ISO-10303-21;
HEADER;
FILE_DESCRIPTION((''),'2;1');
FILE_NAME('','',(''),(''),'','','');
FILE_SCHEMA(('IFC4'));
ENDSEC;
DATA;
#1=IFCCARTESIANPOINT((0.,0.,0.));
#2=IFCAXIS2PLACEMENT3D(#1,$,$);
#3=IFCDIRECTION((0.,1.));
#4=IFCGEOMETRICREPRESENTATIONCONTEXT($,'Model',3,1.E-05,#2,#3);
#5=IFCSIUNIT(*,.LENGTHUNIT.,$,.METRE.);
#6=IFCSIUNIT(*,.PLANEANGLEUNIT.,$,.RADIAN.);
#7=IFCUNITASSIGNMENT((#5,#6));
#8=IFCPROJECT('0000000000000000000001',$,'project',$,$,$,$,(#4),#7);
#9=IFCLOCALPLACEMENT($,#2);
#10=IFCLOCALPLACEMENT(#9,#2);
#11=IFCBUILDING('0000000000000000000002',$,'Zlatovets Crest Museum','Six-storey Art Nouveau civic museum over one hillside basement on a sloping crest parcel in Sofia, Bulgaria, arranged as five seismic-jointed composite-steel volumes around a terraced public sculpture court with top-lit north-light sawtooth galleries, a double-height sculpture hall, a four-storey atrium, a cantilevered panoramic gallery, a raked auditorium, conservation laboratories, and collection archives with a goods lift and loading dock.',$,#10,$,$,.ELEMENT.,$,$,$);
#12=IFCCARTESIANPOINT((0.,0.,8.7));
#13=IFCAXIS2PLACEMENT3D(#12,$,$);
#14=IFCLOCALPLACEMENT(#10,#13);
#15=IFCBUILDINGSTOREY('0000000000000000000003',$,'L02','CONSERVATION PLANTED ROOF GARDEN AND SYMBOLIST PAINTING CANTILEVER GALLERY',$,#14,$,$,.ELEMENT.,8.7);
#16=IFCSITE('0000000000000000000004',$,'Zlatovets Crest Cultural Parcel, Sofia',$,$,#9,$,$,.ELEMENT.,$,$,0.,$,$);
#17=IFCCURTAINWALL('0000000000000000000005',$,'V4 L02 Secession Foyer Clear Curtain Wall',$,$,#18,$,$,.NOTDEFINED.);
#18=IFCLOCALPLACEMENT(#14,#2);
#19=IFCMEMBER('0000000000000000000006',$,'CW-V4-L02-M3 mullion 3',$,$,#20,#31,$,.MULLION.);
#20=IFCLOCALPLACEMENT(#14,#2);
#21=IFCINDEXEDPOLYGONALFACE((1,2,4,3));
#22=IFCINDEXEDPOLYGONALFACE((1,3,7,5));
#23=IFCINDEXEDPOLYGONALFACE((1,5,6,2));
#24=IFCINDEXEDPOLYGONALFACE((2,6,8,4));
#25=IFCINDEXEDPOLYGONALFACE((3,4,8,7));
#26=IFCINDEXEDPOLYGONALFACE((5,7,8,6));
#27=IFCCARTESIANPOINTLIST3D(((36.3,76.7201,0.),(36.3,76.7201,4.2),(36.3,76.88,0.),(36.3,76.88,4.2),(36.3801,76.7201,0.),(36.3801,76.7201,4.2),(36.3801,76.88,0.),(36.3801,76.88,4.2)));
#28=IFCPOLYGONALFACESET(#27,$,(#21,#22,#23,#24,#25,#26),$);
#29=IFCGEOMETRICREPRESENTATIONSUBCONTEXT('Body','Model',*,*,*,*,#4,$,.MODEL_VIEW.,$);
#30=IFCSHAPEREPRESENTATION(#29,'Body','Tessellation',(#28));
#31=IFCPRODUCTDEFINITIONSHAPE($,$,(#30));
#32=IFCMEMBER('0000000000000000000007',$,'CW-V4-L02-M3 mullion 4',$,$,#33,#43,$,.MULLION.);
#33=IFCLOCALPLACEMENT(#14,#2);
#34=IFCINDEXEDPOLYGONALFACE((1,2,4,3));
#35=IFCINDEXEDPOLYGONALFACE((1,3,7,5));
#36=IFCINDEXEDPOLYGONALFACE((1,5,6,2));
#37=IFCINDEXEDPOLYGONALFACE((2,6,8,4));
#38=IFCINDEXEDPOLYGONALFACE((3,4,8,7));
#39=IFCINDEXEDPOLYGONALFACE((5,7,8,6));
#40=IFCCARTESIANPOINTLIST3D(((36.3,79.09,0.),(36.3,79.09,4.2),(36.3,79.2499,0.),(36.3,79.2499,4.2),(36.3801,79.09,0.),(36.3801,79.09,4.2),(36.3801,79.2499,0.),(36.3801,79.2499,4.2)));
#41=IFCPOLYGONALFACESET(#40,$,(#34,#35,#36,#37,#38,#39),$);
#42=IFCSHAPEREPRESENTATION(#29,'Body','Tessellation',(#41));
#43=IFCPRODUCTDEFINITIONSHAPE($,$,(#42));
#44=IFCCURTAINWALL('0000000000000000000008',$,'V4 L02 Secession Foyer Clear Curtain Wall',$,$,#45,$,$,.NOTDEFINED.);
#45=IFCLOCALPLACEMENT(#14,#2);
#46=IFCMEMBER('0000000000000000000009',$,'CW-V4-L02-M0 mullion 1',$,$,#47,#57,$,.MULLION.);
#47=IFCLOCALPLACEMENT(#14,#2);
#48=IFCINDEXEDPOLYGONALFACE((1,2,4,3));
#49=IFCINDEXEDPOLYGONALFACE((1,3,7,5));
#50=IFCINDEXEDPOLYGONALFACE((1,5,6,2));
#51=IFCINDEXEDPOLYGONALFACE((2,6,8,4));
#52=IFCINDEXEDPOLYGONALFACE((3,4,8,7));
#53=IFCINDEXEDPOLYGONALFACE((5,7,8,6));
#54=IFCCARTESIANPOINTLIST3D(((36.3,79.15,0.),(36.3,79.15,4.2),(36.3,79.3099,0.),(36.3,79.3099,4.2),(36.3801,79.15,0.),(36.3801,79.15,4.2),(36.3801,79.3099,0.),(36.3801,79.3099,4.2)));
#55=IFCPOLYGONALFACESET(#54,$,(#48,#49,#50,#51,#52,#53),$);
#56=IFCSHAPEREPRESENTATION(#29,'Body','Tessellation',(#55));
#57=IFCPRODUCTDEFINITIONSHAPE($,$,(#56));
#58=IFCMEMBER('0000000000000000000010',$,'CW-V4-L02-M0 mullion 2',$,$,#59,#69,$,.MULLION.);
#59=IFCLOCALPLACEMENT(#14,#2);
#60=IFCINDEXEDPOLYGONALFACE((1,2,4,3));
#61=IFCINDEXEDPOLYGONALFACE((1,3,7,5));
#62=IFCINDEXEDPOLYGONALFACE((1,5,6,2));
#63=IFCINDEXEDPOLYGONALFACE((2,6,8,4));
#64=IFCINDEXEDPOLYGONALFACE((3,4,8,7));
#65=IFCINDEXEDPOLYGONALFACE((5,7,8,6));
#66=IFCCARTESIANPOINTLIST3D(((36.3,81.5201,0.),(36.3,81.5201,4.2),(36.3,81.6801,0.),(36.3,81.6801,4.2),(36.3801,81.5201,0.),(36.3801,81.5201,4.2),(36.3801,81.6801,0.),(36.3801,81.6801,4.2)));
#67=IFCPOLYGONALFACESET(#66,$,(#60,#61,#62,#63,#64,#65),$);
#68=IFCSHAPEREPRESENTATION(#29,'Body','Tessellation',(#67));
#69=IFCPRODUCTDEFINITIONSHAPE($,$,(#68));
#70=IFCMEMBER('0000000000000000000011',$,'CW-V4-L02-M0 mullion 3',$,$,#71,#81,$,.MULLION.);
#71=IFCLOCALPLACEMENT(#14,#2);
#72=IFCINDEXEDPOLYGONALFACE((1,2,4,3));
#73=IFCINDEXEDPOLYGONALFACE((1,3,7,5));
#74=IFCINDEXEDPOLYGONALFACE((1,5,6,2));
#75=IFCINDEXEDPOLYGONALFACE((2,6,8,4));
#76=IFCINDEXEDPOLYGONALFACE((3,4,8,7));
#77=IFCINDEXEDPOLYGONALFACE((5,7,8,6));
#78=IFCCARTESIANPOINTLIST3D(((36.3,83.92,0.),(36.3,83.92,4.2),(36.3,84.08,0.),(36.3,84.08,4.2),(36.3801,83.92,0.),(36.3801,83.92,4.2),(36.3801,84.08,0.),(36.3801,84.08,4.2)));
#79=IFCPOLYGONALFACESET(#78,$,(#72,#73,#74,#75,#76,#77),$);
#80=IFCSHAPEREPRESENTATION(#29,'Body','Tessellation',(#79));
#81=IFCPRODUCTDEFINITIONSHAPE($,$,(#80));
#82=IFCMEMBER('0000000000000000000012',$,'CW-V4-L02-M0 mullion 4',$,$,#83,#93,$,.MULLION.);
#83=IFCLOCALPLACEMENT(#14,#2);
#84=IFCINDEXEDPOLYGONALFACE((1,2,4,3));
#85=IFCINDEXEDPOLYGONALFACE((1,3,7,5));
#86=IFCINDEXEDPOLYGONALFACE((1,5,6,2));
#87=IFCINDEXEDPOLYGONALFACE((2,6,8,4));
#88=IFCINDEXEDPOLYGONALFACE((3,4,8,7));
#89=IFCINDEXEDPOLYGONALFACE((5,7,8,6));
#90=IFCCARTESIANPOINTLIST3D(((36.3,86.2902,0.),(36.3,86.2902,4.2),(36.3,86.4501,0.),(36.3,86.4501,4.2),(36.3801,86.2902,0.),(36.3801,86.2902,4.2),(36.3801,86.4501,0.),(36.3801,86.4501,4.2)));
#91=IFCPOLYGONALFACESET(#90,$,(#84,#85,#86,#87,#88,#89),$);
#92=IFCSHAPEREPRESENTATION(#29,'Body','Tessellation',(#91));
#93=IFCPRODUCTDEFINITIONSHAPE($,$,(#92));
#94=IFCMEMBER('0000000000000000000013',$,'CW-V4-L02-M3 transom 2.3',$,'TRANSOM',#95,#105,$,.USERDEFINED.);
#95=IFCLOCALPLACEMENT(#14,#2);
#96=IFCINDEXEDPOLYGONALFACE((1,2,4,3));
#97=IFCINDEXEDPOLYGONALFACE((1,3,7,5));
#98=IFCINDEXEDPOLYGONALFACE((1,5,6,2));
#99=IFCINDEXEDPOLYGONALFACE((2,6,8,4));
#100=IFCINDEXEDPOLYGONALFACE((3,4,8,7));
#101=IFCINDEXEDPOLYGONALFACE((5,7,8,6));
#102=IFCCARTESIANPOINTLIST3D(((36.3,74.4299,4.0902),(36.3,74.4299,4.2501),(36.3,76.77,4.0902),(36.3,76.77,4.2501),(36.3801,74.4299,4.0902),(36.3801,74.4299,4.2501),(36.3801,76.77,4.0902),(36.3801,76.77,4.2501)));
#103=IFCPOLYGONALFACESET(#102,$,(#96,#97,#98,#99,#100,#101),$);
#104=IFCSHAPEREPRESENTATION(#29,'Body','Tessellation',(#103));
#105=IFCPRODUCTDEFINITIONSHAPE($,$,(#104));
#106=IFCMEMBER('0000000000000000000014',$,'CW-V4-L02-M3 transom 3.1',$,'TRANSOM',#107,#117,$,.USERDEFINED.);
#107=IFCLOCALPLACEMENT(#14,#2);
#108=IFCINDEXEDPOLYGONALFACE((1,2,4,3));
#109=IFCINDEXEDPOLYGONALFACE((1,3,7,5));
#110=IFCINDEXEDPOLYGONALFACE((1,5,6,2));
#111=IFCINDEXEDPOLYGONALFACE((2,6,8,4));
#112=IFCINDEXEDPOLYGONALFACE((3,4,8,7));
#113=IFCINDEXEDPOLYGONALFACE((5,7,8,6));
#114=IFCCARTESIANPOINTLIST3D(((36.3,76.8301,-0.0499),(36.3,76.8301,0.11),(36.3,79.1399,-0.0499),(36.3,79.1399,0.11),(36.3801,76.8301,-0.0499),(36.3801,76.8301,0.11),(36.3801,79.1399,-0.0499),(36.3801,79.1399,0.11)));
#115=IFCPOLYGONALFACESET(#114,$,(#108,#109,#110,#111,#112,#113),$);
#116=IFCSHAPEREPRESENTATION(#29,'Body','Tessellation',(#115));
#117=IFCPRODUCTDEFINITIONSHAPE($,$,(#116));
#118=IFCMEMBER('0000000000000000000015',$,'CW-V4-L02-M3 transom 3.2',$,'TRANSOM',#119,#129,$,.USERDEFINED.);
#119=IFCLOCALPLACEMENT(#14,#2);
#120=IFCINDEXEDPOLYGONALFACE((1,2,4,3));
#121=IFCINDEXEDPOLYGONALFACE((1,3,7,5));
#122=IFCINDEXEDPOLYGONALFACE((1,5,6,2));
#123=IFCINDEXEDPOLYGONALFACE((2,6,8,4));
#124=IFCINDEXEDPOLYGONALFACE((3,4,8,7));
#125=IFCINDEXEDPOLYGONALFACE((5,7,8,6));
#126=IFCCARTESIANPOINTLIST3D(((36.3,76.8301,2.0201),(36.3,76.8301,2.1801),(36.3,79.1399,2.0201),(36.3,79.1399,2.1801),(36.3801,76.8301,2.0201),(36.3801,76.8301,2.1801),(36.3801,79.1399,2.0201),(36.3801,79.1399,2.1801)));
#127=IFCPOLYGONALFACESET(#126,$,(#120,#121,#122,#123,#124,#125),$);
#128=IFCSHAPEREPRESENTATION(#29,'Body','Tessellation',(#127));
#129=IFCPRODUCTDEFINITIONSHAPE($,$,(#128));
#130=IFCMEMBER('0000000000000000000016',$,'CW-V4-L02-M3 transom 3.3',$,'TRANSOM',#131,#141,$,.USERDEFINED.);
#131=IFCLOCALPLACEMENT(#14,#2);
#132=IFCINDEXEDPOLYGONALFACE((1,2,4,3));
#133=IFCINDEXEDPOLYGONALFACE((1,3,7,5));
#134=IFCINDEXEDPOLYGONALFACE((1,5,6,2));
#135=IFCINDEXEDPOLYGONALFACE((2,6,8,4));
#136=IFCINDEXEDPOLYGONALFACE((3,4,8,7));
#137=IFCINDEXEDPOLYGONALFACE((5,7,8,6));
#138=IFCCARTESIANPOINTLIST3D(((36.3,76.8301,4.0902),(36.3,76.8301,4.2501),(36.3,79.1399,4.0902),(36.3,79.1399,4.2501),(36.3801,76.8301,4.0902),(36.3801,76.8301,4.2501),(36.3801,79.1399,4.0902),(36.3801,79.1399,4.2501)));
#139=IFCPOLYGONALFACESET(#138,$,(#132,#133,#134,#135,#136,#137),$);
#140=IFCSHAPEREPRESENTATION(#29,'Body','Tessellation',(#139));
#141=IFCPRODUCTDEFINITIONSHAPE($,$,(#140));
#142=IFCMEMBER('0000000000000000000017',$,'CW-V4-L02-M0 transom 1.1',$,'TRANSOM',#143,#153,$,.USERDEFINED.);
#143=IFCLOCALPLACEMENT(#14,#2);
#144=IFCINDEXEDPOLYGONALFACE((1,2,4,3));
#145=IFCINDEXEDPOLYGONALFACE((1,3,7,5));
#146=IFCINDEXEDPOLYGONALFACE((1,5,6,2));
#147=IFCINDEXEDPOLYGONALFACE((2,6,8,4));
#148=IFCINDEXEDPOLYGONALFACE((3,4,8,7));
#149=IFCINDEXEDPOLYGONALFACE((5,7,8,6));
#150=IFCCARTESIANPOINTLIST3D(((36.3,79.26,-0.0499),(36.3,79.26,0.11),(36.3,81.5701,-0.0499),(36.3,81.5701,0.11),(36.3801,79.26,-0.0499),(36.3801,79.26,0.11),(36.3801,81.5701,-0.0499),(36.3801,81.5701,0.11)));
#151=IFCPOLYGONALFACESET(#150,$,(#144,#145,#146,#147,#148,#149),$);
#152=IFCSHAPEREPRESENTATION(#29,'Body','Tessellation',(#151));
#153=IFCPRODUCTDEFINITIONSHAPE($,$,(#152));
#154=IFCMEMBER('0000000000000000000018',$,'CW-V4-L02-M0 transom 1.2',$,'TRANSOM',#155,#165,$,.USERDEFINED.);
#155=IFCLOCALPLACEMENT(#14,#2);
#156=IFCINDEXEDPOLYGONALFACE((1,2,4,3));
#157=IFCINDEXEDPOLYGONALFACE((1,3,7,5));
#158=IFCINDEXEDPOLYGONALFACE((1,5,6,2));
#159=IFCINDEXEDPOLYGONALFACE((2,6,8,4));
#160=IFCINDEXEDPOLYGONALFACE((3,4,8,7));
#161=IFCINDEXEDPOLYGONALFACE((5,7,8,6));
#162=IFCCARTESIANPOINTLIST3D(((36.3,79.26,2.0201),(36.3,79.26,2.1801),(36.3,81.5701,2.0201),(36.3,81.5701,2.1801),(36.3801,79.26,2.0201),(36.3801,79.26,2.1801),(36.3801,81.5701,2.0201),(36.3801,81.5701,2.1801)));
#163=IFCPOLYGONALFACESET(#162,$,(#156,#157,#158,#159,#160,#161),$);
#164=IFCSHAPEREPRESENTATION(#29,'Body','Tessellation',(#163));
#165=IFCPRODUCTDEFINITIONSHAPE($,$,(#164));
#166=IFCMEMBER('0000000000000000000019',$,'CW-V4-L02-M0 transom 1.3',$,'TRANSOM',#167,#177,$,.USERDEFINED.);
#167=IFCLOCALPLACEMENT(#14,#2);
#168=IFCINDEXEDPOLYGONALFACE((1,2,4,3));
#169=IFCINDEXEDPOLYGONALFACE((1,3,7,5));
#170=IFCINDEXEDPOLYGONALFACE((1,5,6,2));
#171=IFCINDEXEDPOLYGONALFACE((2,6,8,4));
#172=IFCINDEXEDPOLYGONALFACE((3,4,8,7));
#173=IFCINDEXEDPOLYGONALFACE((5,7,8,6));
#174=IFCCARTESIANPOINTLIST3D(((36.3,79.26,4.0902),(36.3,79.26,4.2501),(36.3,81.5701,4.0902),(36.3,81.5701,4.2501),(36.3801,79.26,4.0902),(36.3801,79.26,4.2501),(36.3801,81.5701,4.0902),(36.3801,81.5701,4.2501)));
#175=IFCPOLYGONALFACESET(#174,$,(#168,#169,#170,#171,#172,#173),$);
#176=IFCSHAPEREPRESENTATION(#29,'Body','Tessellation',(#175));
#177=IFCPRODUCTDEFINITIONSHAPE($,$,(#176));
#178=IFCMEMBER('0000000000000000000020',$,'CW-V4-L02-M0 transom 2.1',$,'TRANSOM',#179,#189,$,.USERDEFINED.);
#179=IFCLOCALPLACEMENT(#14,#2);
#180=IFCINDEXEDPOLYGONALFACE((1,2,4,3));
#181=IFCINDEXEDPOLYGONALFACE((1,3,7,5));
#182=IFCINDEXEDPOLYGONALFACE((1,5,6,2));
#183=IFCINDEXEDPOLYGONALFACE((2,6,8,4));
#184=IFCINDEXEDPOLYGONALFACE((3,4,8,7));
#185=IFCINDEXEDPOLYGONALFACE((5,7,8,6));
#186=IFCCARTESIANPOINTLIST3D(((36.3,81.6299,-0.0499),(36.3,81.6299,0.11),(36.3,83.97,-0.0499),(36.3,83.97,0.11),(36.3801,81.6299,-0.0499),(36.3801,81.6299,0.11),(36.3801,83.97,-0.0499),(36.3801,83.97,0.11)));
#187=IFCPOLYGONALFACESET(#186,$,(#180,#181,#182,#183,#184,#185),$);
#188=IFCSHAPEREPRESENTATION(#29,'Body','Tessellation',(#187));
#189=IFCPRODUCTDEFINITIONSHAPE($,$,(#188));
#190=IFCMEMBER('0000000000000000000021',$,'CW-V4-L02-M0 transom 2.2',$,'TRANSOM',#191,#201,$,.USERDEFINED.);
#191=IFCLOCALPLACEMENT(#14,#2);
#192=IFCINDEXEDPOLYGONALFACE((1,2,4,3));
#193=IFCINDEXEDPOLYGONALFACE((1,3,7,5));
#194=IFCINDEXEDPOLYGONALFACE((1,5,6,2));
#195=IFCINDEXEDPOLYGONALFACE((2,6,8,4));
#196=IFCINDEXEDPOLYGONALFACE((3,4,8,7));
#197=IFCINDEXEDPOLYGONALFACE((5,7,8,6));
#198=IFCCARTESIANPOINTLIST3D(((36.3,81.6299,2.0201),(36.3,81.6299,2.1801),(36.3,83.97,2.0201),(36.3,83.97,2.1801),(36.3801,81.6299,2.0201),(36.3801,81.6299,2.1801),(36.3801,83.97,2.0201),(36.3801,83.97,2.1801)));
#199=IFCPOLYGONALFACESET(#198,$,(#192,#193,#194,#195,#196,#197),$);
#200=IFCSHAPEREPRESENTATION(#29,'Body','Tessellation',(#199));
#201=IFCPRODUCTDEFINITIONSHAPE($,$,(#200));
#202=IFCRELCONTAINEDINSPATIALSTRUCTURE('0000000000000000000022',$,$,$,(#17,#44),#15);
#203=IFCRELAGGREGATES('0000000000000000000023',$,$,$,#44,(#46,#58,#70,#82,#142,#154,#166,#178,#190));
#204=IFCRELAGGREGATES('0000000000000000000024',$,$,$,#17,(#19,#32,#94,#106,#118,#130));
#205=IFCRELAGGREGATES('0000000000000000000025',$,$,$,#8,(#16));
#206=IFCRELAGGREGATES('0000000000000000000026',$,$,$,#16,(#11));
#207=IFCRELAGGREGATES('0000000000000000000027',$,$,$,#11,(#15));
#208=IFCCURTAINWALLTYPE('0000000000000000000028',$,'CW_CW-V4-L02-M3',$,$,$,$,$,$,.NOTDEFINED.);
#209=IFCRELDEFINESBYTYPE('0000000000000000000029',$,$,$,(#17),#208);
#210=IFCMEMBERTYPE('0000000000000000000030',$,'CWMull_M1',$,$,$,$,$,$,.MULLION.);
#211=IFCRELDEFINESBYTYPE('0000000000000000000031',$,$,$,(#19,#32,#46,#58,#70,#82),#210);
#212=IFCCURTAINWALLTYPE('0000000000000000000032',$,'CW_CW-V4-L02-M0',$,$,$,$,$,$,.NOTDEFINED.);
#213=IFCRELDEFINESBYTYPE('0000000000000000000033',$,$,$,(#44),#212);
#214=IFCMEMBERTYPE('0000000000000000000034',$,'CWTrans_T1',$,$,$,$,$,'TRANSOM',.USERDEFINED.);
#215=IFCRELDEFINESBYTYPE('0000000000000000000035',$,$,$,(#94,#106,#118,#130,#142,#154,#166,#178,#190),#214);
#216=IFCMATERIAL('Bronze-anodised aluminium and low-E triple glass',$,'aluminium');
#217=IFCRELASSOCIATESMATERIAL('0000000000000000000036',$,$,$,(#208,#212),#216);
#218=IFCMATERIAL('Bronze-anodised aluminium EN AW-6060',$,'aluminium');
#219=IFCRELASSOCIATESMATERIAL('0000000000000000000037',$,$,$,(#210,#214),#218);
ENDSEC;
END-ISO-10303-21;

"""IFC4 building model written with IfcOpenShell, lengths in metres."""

from ifc_helpers import new_model, si_unit, direction, frame, origin, origin_2d, place, context, subcontext, project, spatial, rectangle, extrude, material, material_profile, profile_set, type_object, element, aggregate, save


model = new_model("IFC4")

# Units and contexts
model_context = context("Model", 3, precision=1e-05, world=origin(), true_north=direction((0.0, 1.0)))
body_context = subcontext(model_context, "Body", "Model", "MODEL_VIEW")
ifc_project = project(units=[si_unit("LENGTHUNIT", "METRE"), si_unit("PLANEANGLEUNIT", "RADIAN")], contexts=[model_context])

# Site, building, storey
site_placement = place(None, origin())
site = spatial("IfcSite", under=ifc_project, at=site_placement, Name="Zlatovets Crest Cultural Parcel, Sofia", CompositionType="ELEMENT", RefElevation=0.0)
building_placement = place(site_placement, origin())
building = spatial("IfcBuilding", under=site, at=building_placement, Name="Zlatovets Crest Museum", Description="Six-storey Art Nouveau civic museum over one hillside basement on a sloping crest parcel in Sofia, Bulgaria, arranged as five seismic-jointed composite-steel volumes around a terraced public sculpture court with top-lit north-light sawtooth galleries, a double-height sculpture hall, a four-storey atrium, a cantilevered panoramic gallery, a raked auditorium, conservation laboratories, and collection archives with a goods lift and loading dock.", CompositionType="ELEMENT")
storey_placement = place(building_placement, frame((0.0, 0.0, 8.7)))
storey = spatial("IfcBuildingStorey", under=building, at=storey_placement, Name="L02", Description="CONSERVATION PLANTED ROOF GARDEN AND SYMBOLIST PAINTING CANTILEVER GALLERY", CompositionType="ELEMENT", Elevation=8.7)

# Curtain walls, members
ifc_material_1 = material(Name="Bronze-anodised aluminium and low-E triple glass", Category="aluminium")
curtain_wall_type_1 = type_object("IfcCurtainWallType", Name="CW_CW-V4-L02-M3", PredefinedType="NOTDEFINED", material=ifc_material_1)
curtain_wall_1_placement = place(storey_placement, origin())
curtain_wall_1 = element("IfcCurtainWall", 1, at=curtain_wall_1_placement, inside=storey, type_object=curtain_wall_type_1, Name="V4 L02 Secession Foyer Clear Curtain Wall", PredefinedType="NOTDEFINED")
ifc_material_2 = material(Name="Bronze-anodised aluminium EN AW-6060", Category="aluminium")
ifc_material_profile_1 = material_profile(ifc_material_2, rectangle(XDim=0.0801, YDim=0.1599, at=origin_2d()), Name="ALU 80x160")
ifc_profile_set_1 = profile_set([ifc_material_profile_1], Name="Bronze-anodised aluminium EN AW-6060")
member_type_1 = type_object("IfcMemberType", Name="CWMull_M1", PredefinedType="MULLION", material=ifc_profile_set_1)
member_1_placement = place(storey_placement, frame((36.3401, 76.8, 0.0), z_axis=(0.0, 0.0, 1.0), x_axis=(-1.0, 0.0, 0.0)))
member_1 = element("IfcMember", 2, at=member_1_placement, type_object=member_type_1, Name="CW-V4-L02-M3 mullion 3", PredefinedType="MULLION", context=body_context, shape_type="SweptSolid", body=[
    extrude(rectangle(XDim=0.0801, YDim=0.1599, at=origin_2d()), origin(), (0.0, 0.0, 1.0), 4.2),
])
member_2_placement = place(storey_placement, frame((36.3401, 79.1699, 0.0), z_axis=(0.0, 0.0, 1.0), x_axis=(-1.0, 0.0, 0.0)))
member_2 = element("IfcMember", 3, at=member_2_placement, type_object=member_type_1, Name="CW-V4-L02-M3 mullion 4", PredefinedType="MULLION", context=body_context, shape_type="SweptSolid", body=[
    extrude(rectangle(XDim=0.0801, YDim=0.1599, at=origin_2d()), origin(), (0.0, 0.0, 1.0), 4.2),
])
curtain_wall_type_2 = type_object("IfcCurtainWallType", Name="CW_CW-V4-L02-M0", PredefinedType="NOTDEFINED", material=ifc_material_1)
curtain_wall_2_placement = place(storey_placement, origin())
curtain_wall_2 = element("IfcCurtainWall", 4, at=curtain_wall_2_placement, inside=storey, type_object=curtain_wall_type_2, Name="V4 L02 Secession Foyer Clear Curtain Wall", PredefinedType="NOTDEFINED")
member_3_placement = place(storey_placement, frame((36.3401, 79.23, 0.0), z_axis=(0.0, 0.0, 1.0), x_axis=(-1.0, 0.0, 0.0)))
member_3 = element("IfcMember", 5, at=member_3_placement, type_object=member_type_1, Name="CW-V4-L02-M0 mullion 1", PredefinedType="MULLION", context=body_context, shape_type="SweptSolid", body=[
    extrude(rectangle(XDim=0.0801, YDim=0.1599, at=origin_2d()), origin(), (0.0, 0.0, 1.0), 4.2),
])
member_4_placement = place(storey_placement, frame((36.3401, 81.6001, 0.0), z_axis=(0.0, 0.0, 1.0), x_axis=(-1.0, 0.0, 0.0)))
member_4 = element("IfcMember", 6, at=member_4_placement, type_object=member_type_1, Name="CW-V4-L02-M0 mullion 2", PredefinedType="MULLION", context=body_context, shape_type="SweptSolid", body=[
    extrude(rectangle(XDim=0.0801, YDim=0.1599, at=origin_2d()), origin(), (0.0, 0.0, 1.0), 4.2),
])
member_5_placement = place(storey_placement, frame((36.3401, 84.0, 0.0), z_axis=(0.0, 0.0, 1.0), x_axis=(-1.0, 0.0, 0.0)))
member_5 = element("IfcMember", 7, at=member_5_placement, type_object=member_type_1, Name="CW-V4-L02-M0 mullion 3", PredefinedType="MULLION", context=body_context, shape_type="SweptSolid", body=[
    extrude(rectangle(XDim=0.0801, YDim=0.1599, at=origin_2d()), origin(), (0.0, 0.0, 1.0), 4.2),
])
member_6_placement = place(storey_placement, frame((36.3401, 86.3701, 0.0), z_axis=(0.0, 0.0, 1.0), x_axis=(-1.0, 0.0, 0.0)))
member_6 = element("IfcMember", 8, at=member_6_placement, type_object=member_type_1, Name="CW-V4-L02-M0 mullion 4", PredefinedType="MULLION", context=body_context, shape_type="SweptSolid", body=[
    extrude(rectangle(XDim=0.0801, YDim=0.1599, at=origin_2d()), origin(), (0.0, 0.0, 1.0), 4.2),
])

# Members
ifc_material_profile_2 = material_profile(ifc_material_2, rectangle(XDim=0.0801, YDim=0.1599, at=origin_2d()), Name="ALU 80x160")
ifc_profile_set_2 = profile_set([ifc_material_profile_2], Name="Bronze-anodised aluminium EN AW-6060")
member_type_2 = type_object("IfcMemberType", Name="CWTrans_T1", ElementType="TRANSOM", PredefinedType="USERDEFINED", material=ifc_profile_set_2)
member_7_placement = place(storey_placement, frame((36.3401, 74.4299, 4.1702), z_axis=(0.0, 1.0, 0.0), x_axis=(-1.0, 0.0, 0.0)))
member_7 = element("IfcMember", 9, at=member_7_placement, type_object=member_type_2, Name="CW-V4-L02-M3 transom 2.3", ObjectType="TRANSOM", PredefinedType="USERDEFINED", context=body_context, shape_type="SweptSolid", body=[
    extrude(rectangle(XDim=0.0801, YDim=0.1599, at=origin_2d()), origin(), (0.0, 0.0, 1.0), 2.3401),
])
member_8_placement = place(storey_placement, frame((36.3401, 76.8301, 0.03), z_axis=(0.0, 1.0, 0.0), x_axis=(-1.0, 0.0, 0.0)))
member_8 = element("IfcMember", 10, at=member_8_placement, type_object=member_type_2, Name="CW-V4-L02-M3 transom 3.1", ObjectType="TRANSOM", PredefinedType="USERDEFINED", context=body_context, shape_type="SweptSolid", body=[
    extrude(rectangle(XDim=0.0801, YDim=0.1599, at=origin_2d()), origin(), (0.0, 0.0, 1.0), 2.3098),
])
member_9_placement = place(storey_placement, frame((36.3401, 76.8301, 2.1001), z_axis=(0.0, 1.0, 0.0), x_axis=(-1.0, 0.0, 0.0)))
member_9 = element("IfcMember", 11, at=member_9_placement, type_object=member_type_2, Name="CW-V4-L02-M3 transom 3.2", ObjectType="TRANSOM", PredefinedType="USERDEFINED", context=body_context, shape_type="SweptSolid", body=[
    extrude(rectangle(XDim=0.0801, YDim=0.1599, at=origin_2d()), origin(), (0.0, 0.0, 1.0), 2.3098),
])
member_10_placement = place(storey_placement, frame((36.3401, 76.8301, 4.1702), z_axis=(0.0, 1.0, 0.0), x_axis=(-1.0, 0.0, 0.0)))
member_10 = element("IfcMember", 12, at=member_10_placement, type_object=member_type_2, Name="CW-V4-L02-M3 transom 3.3", ObjectType="TRANSOM", PredefinedType="USERDEFINED", context=body_context, shape_type="SweptSolid", body=[
    extrude(rectangle(XDim=0.0801, YDim=0.1599, at=origin_2d()), origin(), (0.0, 0.0, 1.0), 2.3098),
])
member_11_placement = place(storey_placement, frame((36.3401, 79.26, 0.03), z_axis=(0.0, 1.0, 0.0), x_axis=(-1.0, 0.0, 0.0)))
member_11 = element("IfcMember", 13, at=member_11_placement, type_object=member_type_2, Name="CW-V4-L02-M0 transom 1.1", ObjectType="TRANSOM", PredefinedType="USERDEFINED", context=body_context, shape_type="SweptSolid", body=[
    extrude(rectangle(XDim=0.0801, YDim=0.1599, at=origin_2d()), origin(), (0.0, 0.0, 1.0), 2.3101),
])
member_12_placement = place(storey_placement, frame((36.3401, 79.26, 2.1001), z_axis=(0.0, 1.0, 0.0), x_axis=(-1.0, 0.0, 0.0)))
member_12 = element("IfcMember", 14, at=member_12_placement, type_object=member_type_2, Name="CW-V4-L02-M0 transom 1.2", ObjectType="TRANSOM", PredefinedType="USERDEFINED", context=body_context, shape_type="SweptSolid", body=[
    extrude(rectangle(XDim=0.0801, YDim=0.1599, at=origin_2d()), origin(), (0.0, 0.0, 1.0), 2.3101),
])
member_13_placement = place(storey_placement, frame((36.3401, 79.26, 4.1702), z_axis=(0.0, 1.0, 0.0), x_axis=(-1.0, 0.0, 0.0)))
member_13 = element("IfcMember", 15, at=member_13_placement, type_object=member_type_2, Name="CW-V4-L02-M0 transom 1.3", ObjectType="TRANSOM", PredefinedType="USERDEFINED", context=body_context, shape_type="SweptSolid", body=[
    extrude(rectangle(XDim=0.0801, YDim=0.1599, at=origin_2d()), origin(), (0.0, 0.0, 1.0), 2.3101),
])
member_14_placement = place(storey_placement, frame((36.3401, 81.6299, 0.03), z_axis=(0.0, 1.0, 0.0), x_axis=(-1.0, 0.0, 0.0)))
member_14 = element("IfcMember", 16, at=member_14_placement, type_object=member_type_2, Name="CW-V4-L02-M0 transom 2.1", ObjectType="TRANSOM", PredefinedType="USERDEFINED", context=body_context, shape_type="SweptSolid", body=[
    extrude(rectangle(XDim=0.0801, YDim=0.1599, at=origin_2d()), origin(), (0.0, 0.0, 1.0), 2.3401),
])
member_15_placement = place(storey_placement, frame((36.3401, 81.6299, 2.1001), z_axis=(0.0, 1.0, 0.0), x_axis=(-1.0, 0.0, 0.0)))
member_15 = element("IfcMember", 17, at=member_15_placement, type_object=member_type_2, Name="CW-V4-L02-M0 transom 2.2", ObjectType="TRANSOM", PredefinedType="USERDEFINED", context=body_context, shape_type="SweptSolid", body=[
    extrude(rectangle(XDim=0.0801, YDim=0.1599, at=origin_2d()), origin(), (0.0, 0.0, 1.0), 2.3401),
])

aggregate(curtain_wall_2, [member_3, member_4, member_5, member_6, member_11, member_12, member_13, member_14, member_15])
aggregate(curtain_wall_1, [member_1, member_2, member_7, member_8, member_9, member_10])

save(model, "model.ifc")
